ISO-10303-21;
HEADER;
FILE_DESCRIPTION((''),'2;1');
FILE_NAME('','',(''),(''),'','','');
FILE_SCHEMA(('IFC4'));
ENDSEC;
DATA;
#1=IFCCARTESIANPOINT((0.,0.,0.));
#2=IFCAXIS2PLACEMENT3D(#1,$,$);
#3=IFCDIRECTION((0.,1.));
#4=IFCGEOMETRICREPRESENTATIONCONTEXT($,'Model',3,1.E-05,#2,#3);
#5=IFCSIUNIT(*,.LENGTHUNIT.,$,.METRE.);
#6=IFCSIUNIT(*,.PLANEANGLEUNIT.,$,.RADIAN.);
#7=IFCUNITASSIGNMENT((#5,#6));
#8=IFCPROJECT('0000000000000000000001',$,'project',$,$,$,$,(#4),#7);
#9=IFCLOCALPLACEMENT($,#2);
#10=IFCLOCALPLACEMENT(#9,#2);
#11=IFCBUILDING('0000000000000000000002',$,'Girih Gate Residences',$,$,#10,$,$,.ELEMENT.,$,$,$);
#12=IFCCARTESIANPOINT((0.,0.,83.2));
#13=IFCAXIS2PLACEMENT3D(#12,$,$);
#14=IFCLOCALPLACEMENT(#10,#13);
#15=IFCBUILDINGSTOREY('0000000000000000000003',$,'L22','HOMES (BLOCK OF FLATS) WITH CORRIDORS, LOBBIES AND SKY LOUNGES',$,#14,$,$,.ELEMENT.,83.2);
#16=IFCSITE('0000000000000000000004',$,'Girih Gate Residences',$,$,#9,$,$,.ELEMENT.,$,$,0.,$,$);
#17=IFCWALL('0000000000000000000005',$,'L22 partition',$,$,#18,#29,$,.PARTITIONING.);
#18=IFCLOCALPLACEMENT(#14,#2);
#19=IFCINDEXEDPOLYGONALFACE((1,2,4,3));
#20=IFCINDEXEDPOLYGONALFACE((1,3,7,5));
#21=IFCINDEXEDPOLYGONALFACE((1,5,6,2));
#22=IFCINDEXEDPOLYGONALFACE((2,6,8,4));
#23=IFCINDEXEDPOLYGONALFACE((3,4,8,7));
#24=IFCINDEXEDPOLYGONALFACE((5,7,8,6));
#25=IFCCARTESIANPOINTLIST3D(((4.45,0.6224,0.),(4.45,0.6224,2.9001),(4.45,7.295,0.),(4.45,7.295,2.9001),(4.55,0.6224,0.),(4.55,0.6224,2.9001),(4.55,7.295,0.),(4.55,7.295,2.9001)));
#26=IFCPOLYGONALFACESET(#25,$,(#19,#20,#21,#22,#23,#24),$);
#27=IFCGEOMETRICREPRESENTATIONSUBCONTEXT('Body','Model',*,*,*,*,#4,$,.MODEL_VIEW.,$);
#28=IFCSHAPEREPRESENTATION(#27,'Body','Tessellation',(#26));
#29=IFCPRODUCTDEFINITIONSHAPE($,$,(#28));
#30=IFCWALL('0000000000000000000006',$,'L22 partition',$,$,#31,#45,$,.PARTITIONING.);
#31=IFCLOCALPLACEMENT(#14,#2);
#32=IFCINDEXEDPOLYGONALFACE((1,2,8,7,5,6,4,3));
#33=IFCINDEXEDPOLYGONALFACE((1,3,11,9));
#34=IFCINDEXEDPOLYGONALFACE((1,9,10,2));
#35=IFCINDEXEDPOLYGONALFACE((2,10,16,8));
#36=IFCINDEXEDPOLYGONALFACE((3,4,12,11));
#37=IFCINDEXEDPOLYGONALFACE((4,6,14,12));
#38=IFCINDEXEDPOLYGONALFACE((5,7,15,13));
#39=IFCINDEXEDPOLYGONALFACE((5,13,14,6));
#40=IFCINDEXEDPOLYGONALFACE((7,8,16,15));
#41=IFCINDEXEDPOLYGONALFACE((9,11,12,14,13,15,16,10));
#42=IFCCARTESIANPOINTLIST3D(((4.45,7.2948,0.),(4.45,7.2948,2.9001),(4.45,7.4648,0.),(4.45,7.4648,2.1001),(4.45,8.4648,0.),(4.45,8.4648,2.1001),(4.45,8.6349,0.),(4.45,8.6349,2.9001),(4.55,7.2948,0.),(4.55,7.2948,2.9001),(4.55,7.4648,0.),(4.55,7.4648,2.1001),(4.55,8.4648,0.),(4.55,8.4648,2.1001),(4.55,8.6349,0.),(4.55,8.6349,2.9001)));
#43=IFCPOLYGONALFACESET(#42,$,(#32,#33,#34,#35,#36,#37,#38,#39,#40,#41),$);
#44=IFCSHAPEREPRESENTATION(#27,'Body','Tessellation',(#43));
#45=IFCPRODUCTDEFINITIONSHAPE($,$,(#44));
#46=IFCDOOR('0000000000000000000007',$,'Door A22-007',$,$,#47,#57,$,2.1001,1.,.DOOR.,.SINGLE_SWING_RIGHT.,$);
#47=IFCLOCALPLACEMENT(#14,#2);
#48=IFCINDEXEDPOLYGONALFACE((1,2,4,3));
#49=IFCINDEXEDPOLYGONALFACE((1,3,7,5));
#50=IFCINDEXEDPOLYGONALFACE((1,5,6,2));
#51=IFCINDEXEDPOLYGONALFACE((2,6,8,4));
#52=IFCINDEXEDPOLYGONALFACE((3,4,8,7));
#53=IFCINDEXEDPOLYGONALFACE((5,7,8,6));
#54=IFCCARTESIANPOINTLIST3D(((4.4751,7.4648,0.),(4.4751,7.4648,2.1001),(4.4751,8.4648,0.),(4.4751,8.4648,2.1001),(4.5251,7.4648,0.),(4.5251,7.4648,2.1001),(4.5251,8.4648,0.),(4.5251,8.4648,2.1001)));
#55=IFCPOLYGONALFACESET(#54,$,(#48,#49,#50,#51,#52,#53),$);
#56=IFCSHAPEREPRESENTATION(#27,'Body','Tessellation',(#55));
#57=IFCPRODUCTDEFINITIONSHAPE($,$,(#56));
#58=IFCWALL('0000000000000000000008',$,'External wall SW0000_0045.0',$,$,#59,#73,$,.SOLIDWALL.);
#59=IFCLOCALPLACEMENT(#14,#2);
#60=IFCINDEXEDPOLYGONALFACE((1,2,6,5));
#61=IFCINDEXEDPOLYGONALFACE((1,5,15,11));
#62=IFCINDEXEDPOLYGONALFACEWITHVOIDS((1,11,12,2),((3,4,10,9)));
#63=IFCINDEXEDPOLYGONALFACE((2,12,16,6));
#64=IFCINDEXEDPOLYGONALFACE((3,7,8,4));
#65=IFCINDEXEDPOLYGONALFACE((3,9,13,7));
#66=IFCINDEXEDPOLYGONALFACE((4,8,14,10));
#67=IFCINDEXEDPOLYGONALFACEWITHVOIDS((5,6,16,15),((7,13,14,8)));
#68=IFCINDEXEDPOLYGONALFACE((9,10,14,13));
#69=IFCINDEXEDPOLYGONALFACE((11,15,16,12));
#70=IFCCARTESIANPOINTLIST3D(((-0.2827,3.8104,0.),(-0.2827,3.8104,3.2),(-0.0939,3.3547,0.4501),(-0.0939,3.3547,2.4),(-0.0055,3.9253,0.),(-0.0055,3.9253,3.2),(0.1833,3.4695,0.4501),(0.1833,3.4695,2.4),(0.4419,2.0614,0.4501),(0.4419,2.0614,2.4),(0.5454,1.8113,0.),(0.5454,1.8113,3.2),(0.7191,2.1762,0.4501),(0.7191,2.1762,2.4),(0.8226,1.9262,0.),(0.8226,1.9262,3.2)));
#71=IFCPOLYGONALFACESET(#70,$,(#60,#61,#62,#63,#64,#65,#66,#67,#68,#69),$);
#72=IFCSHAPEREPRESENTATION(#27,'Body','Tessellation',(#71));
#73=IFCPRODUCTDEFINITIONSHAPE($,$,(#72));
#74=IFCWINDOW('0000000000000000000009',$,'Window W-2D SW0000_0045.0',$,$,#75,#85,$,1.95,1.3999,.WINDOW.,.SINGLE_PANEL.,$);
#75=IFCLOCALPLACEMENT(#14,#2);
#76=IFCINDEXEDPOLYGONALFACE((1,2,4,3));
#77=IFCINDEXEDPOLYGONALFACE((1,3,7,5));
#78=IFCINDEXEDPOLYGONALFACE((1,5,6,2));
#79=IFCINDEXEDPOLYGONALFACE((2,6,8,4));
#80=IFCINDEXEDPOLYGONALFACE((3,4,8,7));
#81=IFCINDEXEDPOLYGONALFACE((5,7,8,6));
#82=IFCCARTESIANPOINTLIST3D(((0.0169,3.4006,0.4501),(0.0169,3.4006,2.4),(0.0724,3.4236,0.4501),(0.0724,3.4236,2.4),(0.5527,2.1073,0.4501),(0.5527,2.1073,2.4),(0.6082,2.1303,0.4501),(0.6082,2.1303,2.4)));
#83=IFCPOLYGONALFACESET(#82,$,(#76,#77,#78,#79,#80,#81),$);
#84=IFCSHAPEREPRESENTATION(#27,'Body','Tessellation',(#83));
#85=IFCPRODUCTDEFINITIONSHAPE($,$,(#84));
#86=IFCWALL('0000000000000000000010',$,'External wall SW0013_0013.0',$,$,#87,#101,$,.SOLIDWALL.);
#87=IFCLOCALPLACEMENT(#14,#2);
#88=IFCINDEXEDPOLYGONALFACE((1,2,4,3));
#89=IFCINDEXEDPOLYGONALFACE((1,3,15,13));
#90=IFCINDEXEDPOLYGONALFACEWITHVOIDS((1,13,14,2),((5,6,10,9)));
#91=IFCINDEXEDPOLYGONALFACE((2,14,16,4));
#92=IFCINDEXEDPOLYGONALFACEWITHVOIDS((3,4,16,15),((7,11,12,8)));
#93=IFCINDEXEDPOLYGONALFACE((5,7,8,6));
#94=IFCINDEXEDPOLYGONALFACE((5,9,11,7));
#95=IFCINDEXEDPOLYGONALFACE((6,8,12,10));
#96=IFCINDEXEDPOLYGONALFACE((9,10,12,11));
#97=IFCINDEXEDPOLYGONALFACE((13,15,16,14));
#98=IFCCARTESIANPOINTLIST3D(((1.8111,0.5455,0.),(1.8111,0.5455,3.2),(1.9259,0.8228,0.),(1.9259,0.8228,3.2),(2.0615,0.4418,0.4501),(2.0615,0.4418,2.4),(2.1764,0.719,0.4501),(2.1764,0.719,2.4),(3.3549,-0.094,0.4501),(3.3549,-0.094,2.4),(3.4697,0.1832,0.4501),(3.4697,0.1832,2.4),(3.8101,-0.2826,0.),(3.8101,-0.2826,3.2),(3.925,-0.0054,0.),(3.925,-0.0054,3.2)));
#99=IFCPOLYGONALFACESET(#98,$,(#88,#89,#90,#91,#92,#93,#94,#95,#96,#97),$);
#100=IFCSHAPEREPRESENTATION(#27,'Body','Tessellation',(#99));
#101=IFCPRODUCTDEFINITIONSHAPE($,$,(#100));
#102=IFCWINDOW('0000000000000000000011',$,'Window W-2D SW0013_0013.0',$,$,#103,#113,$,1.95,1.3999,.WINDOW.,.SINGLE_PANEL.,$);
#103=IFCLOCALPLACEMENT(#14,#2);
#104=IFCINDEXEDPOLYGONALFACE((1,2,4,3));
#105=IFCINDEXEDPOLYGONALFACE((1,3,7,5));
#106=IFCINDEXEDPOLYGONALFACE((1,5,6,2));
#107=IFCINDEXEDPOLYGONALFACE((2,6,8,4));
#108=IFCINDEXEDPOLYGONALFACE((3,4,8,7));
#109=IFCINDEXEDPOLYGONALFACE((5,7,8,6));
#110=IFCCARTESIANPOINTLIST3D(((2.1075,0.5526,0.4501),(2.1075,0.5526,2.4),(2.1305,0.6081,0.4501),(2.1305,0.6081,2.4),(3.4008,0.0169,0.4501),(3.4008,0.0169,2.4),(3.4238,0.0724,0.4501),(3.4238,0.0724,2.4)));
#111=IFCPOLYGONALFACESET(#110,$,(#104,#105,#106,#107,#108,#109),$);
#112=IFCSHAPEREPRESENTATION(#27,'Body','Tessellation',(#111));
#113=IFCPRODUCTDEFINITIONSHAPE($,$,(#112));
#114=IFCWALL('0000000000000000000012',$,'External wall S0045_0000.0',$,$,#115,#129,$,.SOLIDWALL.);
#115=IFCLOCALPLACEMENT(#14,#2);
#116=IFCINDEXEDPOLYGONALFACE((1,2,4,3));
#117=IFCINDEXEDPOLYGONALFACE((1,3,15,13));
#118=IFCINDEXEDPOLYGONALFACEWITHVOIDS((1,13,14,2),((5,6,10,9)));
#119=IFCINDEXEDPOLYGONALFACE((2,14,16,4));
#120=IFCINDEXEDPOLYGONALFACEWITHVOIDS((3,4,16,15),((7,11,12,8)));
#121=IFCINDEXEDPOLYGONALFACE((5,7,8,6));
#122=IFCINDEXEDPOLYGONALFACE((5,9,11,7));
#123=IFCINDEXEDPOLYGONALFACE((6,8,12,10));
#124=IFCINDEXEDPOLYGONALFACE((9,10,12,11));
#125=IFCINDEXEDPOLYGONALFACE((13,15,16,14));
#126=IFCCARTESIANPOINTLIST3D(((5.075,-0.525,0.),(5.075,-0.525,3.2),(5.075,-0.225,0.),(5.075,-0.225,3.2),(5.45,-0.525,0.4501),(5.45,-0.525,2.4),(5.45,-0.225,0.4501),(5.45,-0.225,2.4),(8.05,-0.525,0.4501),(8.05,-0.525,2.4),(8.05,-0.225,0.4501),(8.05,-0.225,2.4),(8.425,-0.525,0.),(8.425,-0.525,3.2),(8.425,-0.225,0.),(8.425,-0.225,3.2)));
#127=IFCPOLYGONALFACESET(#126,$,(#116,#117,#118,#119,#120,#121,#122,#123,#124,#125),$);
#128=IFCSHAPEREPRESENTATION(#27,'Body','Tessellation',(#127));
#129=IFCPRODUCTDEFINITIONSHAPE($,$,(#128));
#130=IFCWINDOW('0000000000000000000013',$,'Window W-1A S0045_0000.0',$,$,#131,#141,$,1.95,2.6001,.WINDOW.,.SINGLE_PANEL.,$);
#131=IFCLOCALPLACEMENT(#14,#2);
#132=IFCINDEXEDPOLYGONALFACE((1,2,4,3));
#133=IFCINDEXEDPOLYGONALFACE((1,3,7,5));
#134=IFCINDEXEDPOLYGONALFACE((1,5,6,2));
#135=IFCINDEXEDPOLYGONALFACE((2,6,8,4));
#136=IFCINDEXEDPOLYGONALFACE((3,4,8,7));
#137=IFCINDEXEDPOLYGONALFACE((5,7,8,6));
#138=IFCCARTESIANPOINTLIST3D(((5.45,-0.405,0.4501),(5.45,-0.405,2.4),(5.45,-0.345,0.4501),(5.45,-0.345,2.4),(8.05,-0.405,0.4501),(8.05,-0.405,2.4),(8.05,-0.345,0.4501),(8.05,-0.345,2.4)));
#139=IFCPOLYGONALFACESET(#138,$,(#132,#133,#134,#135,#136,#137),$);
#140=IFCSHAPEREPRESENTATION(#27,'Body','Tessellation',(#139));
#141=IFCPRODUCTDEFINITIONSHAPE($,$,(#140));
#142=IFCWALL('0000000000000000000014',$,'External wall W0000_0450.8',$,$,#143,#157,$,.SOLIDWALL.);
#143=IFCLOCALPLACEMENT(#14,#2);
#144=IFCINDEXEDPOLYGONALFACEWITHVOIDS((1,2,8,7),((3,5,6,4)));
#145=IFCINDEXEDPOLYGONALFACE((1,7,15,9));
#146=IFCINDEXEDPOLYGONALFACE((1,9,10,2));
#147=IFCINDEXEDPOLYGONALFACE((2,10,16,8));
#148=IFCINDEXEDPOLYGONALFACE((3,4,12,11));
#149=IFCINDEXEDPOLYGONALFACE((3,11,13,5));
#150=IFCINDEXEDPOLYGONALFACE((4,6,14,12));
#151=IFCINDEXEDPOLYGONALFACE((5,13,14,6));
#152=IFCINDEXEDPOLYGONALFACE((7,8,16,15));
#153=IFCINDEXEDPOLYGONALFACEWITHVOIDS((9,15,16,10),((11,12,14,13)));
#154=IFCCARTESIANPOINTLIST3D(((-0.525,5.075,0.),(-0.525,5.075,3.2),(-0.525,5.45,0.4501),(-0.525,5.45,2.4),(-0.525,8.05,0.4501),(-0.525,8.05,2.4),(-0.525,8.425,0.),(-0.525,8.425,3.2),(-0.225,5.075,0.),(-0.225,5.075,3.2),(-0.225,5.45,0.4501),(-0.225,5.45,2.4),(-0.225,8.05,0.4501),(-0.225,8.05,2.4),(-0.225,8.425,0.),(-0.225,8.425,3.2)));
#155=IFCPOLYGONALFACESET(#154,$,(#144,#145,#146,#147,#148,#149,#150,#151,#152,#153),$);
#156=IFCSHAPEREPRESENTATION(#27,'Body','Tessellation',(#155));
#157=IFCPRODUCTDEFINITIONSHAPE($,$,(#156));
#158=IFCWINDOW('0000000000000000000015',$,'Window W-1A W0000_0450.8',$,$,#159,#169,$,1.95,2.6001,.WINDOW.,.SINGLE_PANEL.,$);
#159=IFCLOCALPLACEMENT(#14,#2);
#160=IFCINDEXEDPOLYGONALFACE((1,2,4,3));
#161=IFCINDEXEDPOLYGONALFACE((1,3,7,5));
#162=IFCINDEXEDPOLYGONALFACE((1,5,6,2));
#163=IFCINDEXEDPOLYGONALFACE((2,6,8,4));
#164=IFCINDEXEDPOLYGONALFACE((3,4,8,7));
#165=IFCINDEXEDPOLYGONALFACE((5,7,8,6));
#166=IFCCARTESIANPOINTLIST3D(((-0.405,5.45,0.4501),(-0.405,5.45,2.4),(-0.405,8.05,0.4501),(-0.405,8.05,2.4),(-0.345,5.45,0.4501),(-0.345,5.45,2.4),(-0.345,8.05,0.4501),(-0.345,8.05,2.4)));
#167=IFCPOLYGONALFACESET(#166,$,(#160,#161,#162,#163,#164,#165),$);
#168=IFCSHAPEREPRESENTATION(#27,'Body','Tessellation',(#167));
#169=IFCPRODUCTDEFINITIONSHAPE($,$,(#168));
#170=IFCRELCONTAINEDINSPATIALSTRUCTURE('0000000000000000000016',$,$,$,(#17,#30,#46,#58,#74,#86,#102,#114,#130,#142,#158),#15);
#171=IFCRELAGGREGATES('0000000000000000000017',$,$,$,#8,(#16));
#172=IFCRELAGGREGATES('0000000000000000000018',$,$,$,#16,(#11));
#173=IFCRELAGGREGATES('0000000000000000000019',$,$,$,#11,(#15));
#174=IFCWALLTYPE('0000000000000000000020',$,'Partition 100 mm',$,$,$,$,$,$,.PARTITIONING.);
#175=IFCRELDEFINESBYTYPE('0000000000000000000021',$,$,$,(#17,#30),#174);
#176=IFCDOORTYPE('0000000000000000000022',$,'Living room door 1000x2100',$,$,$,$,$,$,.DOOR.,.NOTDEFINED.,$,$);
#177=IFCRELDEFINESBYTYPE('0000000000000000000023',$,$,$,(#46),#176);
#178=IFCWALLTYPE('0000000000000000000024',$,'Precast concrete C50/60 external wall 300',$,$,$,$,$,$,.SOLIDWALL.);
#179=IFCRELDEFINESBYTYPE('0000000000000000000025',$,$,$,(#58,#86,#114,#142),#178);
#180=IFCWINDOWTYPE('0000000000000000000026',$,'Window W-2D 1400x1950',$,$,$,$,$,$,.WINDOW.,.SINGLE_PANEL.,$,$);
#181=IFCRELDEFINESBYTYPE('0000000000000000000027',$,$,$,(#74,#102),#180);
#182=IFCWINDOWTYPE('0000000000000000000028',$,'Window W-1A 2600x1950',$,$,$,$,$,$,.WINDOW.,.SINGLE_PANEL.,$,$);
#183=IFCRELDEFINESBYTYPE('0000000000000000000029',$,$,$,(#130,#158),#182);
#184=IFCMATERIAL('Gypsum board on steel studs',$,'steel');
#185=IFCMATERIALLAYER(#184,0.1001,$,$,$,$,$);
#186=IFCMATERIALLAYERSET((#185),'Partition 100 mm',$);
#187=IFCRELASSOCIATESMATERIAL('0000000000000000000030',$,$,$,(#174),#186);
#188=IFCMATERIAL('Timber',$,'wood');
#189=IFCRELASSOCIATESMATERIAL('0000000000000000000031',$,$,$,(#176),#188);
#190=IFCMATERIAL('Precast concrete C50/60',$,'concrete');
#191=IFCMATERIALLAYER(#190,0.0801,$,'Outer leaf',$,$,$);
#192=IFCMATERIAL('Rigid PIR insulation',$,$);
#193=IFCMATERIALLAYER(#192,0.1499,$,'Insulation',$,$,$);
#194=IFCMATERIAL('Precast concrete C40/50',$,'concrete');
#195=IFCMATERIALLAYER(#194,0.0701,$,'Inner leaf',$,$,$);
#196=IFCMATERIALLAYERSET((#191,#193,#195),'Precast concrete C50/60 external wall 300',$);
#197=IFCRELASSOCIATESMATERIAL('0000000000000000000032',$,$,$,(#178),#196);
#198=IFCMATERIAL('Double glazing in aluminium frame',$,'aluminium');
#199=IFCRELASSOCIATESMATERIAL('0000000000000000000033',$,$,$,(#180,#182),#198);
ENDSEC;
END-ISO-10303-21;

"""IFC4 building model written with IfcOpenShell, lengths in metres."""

from ifc_helpers import new_model, si_unit, direction, frame, frame_2d, origin, place, context, subcontext, project, spatial, rectangle, extrude, material, layer, layer_set, type_object, element, fill, save


model = new_model("IFC4")

# Units and contexts
model_context = context("Model", 3, precision=1e-05, world=origin(), true_north=direction((0.0, 1.0)))
body_context = subcontext(model_context, "Body", "Model", "MODEL_VIEW")
ifc_project = project(units=[si_unit("LENGTHUNIT", "METRE"), si_unit("PLANEANGLEUNIT", "RADIAN")], contexts=[model_context])

# Site, building, storey
site_placement = place(None, origin())
site = spatial("IfcSite", under=ifc_project, at=site_placement, Name="Girih Gate Residences", CompositionType="ELEMENT", RefElevation=0.0)
building_placement = place(site_placement, origin())
building = spatial("IfcBuilding", under=site, at=building_placement, Name="Girih Gate Residences", CompositionType="ELEMENT")
storey_placement = place(building_placement, frame((0.0, 0.0, 83.2)))
storey = spatial("IfcBuildingStorey", under=building, at=storey_placement, Name="L22", Description="HOMES (BLOCK OF FLATS) WITH CORRIDORS, LOBBIES AND SKY LOUNGES", CompositionType="ELEMENT", Elevation=83.2)

# Wall
ifc_material_1 = material(Name="Gypsum board on steel studs", Category="steel")
ifc_layer_1 = layer(ifc_material_1, 0.1001)
ifc_layer_set_1 = layer_set([ifc_layer_1], Name="Partition 100 mm")
wall_type_1 = type_object("IfcWallType", Name="Partition 100 mm", PredefinedType="PARTITIONING", material=ifc_layer_set_1)
wall_1_placement = place(storey_placement, frame((4.5, 0.6223, 0.0), z_axis=(0.0, 0.0, 1.0), x_axis=(0.0, 1.0, 0.0)))
element("IfcWall", 1, at=wall_1_placement, inside=storey, type_object=wall_type_1, Name="L22 partition", PredefinedType="PARTITIONING", context=body_context, shape_type="SweptSolid", body=[
    extrude(rectangle(XDim=6.6726, YDim=0.1001, at=frame_2d((3.3364, 0.0))), origin(), (0.0, 0.0, 1.0), 2.9001),
])

# Wall, opening, door
wall_2_placement = place(storey_placement, frame((4.5, 7.2949, 0.0), z_axis=(0.0, 0.0, 1.0), x_axis=(0.0, 1.0, 0.0)))
wall_2 = element("IfcWall", 2, at=wall_2_placement, inside=storey, type_object=wall_type_1, Name="L22 partition", PredefinedType="PARTITIONING", context=body_context, shape_type="SweptSolid", body=[
    extrude(rectangle(XDim=1.3401, YDim=0.1001, at=frame_2d((0.6699, 0.0))), origin(), (0.0, 0.0, 1.0), 2.9001),
])
opening_1_placement = place(wall_2_placement, frame((0.1699, 0.0, 0.0)))
opening_1 = element("IfcOpeningElement", 3, at=opening_1_placement, cuts=wall_2, PredefinedType="OPENING", context=body_context, shape_type="SweptSolid", body=[
    extrude(rectangle(XDim=1.0, YDim=2.1001, at=frame_2d((0.5, 1.05))), frame((0.0, 0.0601, 0.0), z_axis=(0.0, -1.0, 0.0), x_axis=(1.0, 0.0, 0.0)), (0.0, 0.0, 1.0), 0.1201),
])
ifc_material_2 = material(Name="Timber", Category="wood")
door_type = type_object("IfcDoorType", Name="Living room door 1000x2100", OperationType="NOTDEFINED", PredefinedType="DOOR", material=ifc_material_2)
door_placement = place(opening_1_placement, origin())
door = element("IfcDoor", 4, at=door_placement, inside=storey, type_object=door_type, Name="Door A22-007", OperationType="SINGLE_SWING_RIGHT", OverallHeight=2.1001, OverallWidth=1.0, PredefinedType="DOOR", context=body_context, shape_type="SweptSolid", body=[
    extrude(rectangle(XDim=1.0, YDim=2.1001, at=frame_2d((0.5, 1.05))), frame((0.0, 0.0249, 0.0), z_axis=(0.0, -1.0, 0.0), x_axis=(1.0, 0.0, 0.0)), (0.0, 0.0, 1.0), 0.05),
])
fill(opening_1, door)

# Walls, openings, windows
ifc_material_3 = material(Name="Precast concrete C50/60", Category="concrete")
ifc_layer_2 = layer(ifc_material_3, 0.0801, Name="Outer leaf")
ifc_material_4 = material(Name="Rigid PIR insulation")
ifc_layer_3 = layer(ifc_material_4, 0.1499, Name="Insulation")
ifc_material_5 = material(Name="Precast concrete C40/50", Category="concrete")
ifc_layer_4 = layer(ifc_material_5, 0.0701, Name="Inner leaf")
ifc_layer_set_2 = layer_set([ifc_layer_2, ifc_layer_3, ifc_layer_4], Name="Precast concrete C50/60 external wall 300")
wall_type_2 = type_object("IfcWallType", Name="Precast concrete C50/60 external wall 300", PredefinedType="SOLIDWALL", material=ifc_layer_set_2)
wall_3_placement = place(storey_placement, frame((0.6841, 1.8687, 0.0), z_axis=(0.0, 0.0, 1.0), x_axis=(-0.382724, 0.923863, 0.0)))
wall_3 = element("IfcWall", 5, at=wall_3_placement, inside=storey, type_object=wall_type_2, Name="External wall SW0000_0045.0", PredefinedType="SOLIDWALL", context=body_context, shape_type="SweptSolid", body=[
    extrude(rectangle(XDim=2.1638, YDim=0.3, at=frame_2d((1.082, 0.0))), origin(), (0.0, 0.0, 1.0), 3.2),
])
opening_2_placement = place(wall_3_placement, frame((0.2708, 0.0, 0.45)))
opening_2 = element("IfcOpeningElement", 6, at=opening_2_placement, cuts=wall_3, PredefinedType="OPENING", context=body_context, shape_type="SweptSolid", body=[
    extrude(rectangle(XDim=1.3999, YDim=1.95, at=frame_2d((0.7, 0.9751))), frame((0.0, 0.1599, 0.0), z_axis=(0.0, -1.0, 0.0), x_axis=(1.0, 0.0, 0.0)), (0.0, 0.0, 1.0), 0.3201),
])
ifc_material_6 = material(Name="Double glazing in aluminium frame", Category="aluminium")
window_type_1 = type_object("IfcWindowType", Name="Window W-2D 1400x1950", PartitioningType="SINGLE_PANEL", PredefinedType="WINDOW", material=ifc_material_6)
window_1_placement = place(opening_2_placement, origin())
window_1 = element("IfcWindow", 7, at=window_1_placement, inside=storey, type_object=window_type_1, Name="Window W-2D SW0000_0045.0", OverallHeight=1.95, OverallWidth=1.3999, PartitioningType="SINGLE_PANEL", PredefinedType="WINDOW", context=body_context, shape_type="SweptSolid", body=[
    extrude(rectangle(XDim=1.3999, YDim=1.95, at=frame_2d((0.7, 0.9751))), frame((0.0, 0.03, 0.0), z_axis=(0.0, -1.0, 0.0), x_axis=(1.0, 0.0, 0.0)), (0.0, 0.0, 1.0), 0.0601),
])
fill(opening_2, window_1)
wall_4_placement = place(storey_placement, frame((3.8677, -0.144, 0.0), z_axis=(0.0, 0.0, 1.0), x_axis=(-0.923863, 0.382724, 0.0)))
wall_4 = element("IfcWall", 8, at=wall_4_placement, inside=storey, type_object=wall_type_2, Name="External wall SW0013_0013.0", PredefinedType="SOLIDWALL", context=body_context, shape_type="SweptSolid", body=[
    extrude(rectangle(XDim=2.1638, YDim=0.3, at=frame_2d((1.082, 0.0))), origin(), (0.0, 0.0, 1.0), 3.2),
])
opening_3_placement = place(wall_4_placement, frame((0.4929, 0.0, 0.45)))
opening_3 = element("IfcOpeningElement", 9, at=opening_3_placement, cuts=wall_4, PredefinedType="OPENING", context=body_context, shape_type="SweptSolid", body=[
    extrude(rectangle(XDim=1.3999, YDim=1.95, at=frame_2d((0.7, 0.9751))), frame((0.0, 0.1599, 0.0), z_axis=(0.0, -1.0, 0.0), x_axis=(1.0, 0.0, 0.0)), (0.0, 0.0, 1.0), 0.3201),
])
window_2_placement = place(opening_3_placement, origin())
window_2 = element("IfcWindow", 10, at=window_2_placement, inside=storey, type_object=window_type_1, Name="Window W-2D SW0013_0013.0", OverallHeight=1.95, OverallWidth=1.3999, PartitioningType="SINGLE_PANEL", PredefinedType="WINDOW", context=body_context, shape_type="SweptSolid", body=[
    extrude(rectangle(XDim=1.3999, YDim=1.95, at=frame_2d((0.7, 0.9751))), frame((0.0, 0.03, 0.0), z_axis=(0.0, -1.0, 0.0), x_axis=(1.0, 0.0, 0.0)), (0.0, 0.0, 1.0), 0.0601),
])
fill(opening_3, window_2)
wall_5_placement = place(storey_placement, frame((8.425, -0.375, 0.0), z_axis=(0.0, 0.0, 1.0), x_axis=(-1.0, 0.0, 0.0)))
wall_5 = element("IfcWall", 11, at=wall_5_placement, inside=storey, type_object=wall_type_2, Name="External wall S0045_0000.0", PredefinedType="SOLIDWALL", context=body_context, shape_type="SweptSolid", body=[
    extrude(rectangle(XDim=3.3501, YDim=0.3, at=frame_2d((1.675, 0.0))), origin(), (0.0, 0.0, 1.0), 3.2),
])
opening_4_placement = place(wall_5_placement, frame((0.375, 0.0, 0.45)))
opening_4 = element("IfcOpeningElement", 12, at=opening_4_placement, cuts=wall_5, PredefinedType="OPENING", context=body_context, shape_type="SweptSolid", body=[
    extrude(rectangle(XDim=2.6001, YDim=1.95, at=frame_2d((1.3, 0.9751))), frame((0.0, 0.1599, 0.0), z_axis=(0.0, -1.0, 0.0), x_axis=(1.0, 0.0, 0.0)), (0.0, 0.0, 1.0), 0.3201),
])
window_type_2 = type_object("IfcWindowType", Name="Window W-1A 2600x1950", PartitioningType="SINGLE_PANEL", PredefinedType="WINDOW", material=ifc_material_6)
window_3_placement = place(opening_4_placement, origin())
window_3 = element("IfcWindow", 13, at=window_3_placement, inside=storey, type_object=window_type_2, Name="Window W-1A S0045_0000.0", OverallHeight=1.95, OverallWidth=2.6001, PartitioningType="SINGLE_PANEL", PredefinedType="WINDOW", context=body_context, shape_type="SweptSolid", body=[
    extrude(rectangle(XDim=2.6001, YDim=1.95, at=frame_2d((1.3, 0.9751))), frame((0.0, 0.03, 0.0), z_axis=(0.0, -1.0, 0.0), x_axis=(1.0, 0.0, 0.0)), (0.0, 0.0, 1.0), 0.0601),
])
fill(opening_4, window_3)
wall_6_placement = place(storey_placement, frame((-0.375, 5.075, 0.0), z_axis=(0.0, 0.0, 1.0), x_axis=(0.0, 1.0, 0.0)))
wall_6 = element("IfcWall", 14, at=wall_6_placement, inside=storey, type_object=wall_type_2, Name="External wall W0000_0450.8", PredefinedType="SOLIDWALL", context=body_context, shape_type="SweptSolid", body=[
    extrude(rectangle(XDim=3.3501, YDim=0.3, at=frame_2d((1.675, 0.0))), origin(), (0.0, 0.0, 1.0), 3.2),
])
opening_5_placement = place(wall_6_placement, frame((0.375, 0.0, 0.45)))
opening_5 = element("IfcOpeningElement", 15, at=opening_5_placement, cuts=wall_6, PredefinedType="OPENING", context=body_context, shape_type="SweptSolid", body=[
    extrude(rectangle(XDim=2.6001, YDim=1.95, at=frame_2d((1.3, 0.9751))), frame((0.0, 0.1599, 0.0), z_axis=(0.0, -1.0, 0.0), x_axis=(1.0, 0.0, 0.0)), (0.0, 0.0, 1.0), 0.3201),
])
window_4_placement = place(opening_5_placement, origin())
window_4 = element("IfcWindow", 16, at=window_4_placement, inside=storey, type_object=window_type_2, Name="Window W-1A W0000_0450.8", OverallHeight=1.95, OverallWidth=2.6001, PartitioningType="SINGLE_PANEL", PredefinedType="WINDOW", context=body_context, shape_type="SweptSolid", body=[
    extrude(rectangle(XDim=2.6001, YDim=1.95, at=frame_2d((1.3, 0.9751))), frame((0.0, 0.03, 0.0), z_axis=(0.0, -1.0, 0.0), x_axis=(1.0, 0.0, 0.0)), (0.0, 0.0, 1.0), 0.0601),
])
fill(opening_5, window_4)

save(model, "model.ifc")
